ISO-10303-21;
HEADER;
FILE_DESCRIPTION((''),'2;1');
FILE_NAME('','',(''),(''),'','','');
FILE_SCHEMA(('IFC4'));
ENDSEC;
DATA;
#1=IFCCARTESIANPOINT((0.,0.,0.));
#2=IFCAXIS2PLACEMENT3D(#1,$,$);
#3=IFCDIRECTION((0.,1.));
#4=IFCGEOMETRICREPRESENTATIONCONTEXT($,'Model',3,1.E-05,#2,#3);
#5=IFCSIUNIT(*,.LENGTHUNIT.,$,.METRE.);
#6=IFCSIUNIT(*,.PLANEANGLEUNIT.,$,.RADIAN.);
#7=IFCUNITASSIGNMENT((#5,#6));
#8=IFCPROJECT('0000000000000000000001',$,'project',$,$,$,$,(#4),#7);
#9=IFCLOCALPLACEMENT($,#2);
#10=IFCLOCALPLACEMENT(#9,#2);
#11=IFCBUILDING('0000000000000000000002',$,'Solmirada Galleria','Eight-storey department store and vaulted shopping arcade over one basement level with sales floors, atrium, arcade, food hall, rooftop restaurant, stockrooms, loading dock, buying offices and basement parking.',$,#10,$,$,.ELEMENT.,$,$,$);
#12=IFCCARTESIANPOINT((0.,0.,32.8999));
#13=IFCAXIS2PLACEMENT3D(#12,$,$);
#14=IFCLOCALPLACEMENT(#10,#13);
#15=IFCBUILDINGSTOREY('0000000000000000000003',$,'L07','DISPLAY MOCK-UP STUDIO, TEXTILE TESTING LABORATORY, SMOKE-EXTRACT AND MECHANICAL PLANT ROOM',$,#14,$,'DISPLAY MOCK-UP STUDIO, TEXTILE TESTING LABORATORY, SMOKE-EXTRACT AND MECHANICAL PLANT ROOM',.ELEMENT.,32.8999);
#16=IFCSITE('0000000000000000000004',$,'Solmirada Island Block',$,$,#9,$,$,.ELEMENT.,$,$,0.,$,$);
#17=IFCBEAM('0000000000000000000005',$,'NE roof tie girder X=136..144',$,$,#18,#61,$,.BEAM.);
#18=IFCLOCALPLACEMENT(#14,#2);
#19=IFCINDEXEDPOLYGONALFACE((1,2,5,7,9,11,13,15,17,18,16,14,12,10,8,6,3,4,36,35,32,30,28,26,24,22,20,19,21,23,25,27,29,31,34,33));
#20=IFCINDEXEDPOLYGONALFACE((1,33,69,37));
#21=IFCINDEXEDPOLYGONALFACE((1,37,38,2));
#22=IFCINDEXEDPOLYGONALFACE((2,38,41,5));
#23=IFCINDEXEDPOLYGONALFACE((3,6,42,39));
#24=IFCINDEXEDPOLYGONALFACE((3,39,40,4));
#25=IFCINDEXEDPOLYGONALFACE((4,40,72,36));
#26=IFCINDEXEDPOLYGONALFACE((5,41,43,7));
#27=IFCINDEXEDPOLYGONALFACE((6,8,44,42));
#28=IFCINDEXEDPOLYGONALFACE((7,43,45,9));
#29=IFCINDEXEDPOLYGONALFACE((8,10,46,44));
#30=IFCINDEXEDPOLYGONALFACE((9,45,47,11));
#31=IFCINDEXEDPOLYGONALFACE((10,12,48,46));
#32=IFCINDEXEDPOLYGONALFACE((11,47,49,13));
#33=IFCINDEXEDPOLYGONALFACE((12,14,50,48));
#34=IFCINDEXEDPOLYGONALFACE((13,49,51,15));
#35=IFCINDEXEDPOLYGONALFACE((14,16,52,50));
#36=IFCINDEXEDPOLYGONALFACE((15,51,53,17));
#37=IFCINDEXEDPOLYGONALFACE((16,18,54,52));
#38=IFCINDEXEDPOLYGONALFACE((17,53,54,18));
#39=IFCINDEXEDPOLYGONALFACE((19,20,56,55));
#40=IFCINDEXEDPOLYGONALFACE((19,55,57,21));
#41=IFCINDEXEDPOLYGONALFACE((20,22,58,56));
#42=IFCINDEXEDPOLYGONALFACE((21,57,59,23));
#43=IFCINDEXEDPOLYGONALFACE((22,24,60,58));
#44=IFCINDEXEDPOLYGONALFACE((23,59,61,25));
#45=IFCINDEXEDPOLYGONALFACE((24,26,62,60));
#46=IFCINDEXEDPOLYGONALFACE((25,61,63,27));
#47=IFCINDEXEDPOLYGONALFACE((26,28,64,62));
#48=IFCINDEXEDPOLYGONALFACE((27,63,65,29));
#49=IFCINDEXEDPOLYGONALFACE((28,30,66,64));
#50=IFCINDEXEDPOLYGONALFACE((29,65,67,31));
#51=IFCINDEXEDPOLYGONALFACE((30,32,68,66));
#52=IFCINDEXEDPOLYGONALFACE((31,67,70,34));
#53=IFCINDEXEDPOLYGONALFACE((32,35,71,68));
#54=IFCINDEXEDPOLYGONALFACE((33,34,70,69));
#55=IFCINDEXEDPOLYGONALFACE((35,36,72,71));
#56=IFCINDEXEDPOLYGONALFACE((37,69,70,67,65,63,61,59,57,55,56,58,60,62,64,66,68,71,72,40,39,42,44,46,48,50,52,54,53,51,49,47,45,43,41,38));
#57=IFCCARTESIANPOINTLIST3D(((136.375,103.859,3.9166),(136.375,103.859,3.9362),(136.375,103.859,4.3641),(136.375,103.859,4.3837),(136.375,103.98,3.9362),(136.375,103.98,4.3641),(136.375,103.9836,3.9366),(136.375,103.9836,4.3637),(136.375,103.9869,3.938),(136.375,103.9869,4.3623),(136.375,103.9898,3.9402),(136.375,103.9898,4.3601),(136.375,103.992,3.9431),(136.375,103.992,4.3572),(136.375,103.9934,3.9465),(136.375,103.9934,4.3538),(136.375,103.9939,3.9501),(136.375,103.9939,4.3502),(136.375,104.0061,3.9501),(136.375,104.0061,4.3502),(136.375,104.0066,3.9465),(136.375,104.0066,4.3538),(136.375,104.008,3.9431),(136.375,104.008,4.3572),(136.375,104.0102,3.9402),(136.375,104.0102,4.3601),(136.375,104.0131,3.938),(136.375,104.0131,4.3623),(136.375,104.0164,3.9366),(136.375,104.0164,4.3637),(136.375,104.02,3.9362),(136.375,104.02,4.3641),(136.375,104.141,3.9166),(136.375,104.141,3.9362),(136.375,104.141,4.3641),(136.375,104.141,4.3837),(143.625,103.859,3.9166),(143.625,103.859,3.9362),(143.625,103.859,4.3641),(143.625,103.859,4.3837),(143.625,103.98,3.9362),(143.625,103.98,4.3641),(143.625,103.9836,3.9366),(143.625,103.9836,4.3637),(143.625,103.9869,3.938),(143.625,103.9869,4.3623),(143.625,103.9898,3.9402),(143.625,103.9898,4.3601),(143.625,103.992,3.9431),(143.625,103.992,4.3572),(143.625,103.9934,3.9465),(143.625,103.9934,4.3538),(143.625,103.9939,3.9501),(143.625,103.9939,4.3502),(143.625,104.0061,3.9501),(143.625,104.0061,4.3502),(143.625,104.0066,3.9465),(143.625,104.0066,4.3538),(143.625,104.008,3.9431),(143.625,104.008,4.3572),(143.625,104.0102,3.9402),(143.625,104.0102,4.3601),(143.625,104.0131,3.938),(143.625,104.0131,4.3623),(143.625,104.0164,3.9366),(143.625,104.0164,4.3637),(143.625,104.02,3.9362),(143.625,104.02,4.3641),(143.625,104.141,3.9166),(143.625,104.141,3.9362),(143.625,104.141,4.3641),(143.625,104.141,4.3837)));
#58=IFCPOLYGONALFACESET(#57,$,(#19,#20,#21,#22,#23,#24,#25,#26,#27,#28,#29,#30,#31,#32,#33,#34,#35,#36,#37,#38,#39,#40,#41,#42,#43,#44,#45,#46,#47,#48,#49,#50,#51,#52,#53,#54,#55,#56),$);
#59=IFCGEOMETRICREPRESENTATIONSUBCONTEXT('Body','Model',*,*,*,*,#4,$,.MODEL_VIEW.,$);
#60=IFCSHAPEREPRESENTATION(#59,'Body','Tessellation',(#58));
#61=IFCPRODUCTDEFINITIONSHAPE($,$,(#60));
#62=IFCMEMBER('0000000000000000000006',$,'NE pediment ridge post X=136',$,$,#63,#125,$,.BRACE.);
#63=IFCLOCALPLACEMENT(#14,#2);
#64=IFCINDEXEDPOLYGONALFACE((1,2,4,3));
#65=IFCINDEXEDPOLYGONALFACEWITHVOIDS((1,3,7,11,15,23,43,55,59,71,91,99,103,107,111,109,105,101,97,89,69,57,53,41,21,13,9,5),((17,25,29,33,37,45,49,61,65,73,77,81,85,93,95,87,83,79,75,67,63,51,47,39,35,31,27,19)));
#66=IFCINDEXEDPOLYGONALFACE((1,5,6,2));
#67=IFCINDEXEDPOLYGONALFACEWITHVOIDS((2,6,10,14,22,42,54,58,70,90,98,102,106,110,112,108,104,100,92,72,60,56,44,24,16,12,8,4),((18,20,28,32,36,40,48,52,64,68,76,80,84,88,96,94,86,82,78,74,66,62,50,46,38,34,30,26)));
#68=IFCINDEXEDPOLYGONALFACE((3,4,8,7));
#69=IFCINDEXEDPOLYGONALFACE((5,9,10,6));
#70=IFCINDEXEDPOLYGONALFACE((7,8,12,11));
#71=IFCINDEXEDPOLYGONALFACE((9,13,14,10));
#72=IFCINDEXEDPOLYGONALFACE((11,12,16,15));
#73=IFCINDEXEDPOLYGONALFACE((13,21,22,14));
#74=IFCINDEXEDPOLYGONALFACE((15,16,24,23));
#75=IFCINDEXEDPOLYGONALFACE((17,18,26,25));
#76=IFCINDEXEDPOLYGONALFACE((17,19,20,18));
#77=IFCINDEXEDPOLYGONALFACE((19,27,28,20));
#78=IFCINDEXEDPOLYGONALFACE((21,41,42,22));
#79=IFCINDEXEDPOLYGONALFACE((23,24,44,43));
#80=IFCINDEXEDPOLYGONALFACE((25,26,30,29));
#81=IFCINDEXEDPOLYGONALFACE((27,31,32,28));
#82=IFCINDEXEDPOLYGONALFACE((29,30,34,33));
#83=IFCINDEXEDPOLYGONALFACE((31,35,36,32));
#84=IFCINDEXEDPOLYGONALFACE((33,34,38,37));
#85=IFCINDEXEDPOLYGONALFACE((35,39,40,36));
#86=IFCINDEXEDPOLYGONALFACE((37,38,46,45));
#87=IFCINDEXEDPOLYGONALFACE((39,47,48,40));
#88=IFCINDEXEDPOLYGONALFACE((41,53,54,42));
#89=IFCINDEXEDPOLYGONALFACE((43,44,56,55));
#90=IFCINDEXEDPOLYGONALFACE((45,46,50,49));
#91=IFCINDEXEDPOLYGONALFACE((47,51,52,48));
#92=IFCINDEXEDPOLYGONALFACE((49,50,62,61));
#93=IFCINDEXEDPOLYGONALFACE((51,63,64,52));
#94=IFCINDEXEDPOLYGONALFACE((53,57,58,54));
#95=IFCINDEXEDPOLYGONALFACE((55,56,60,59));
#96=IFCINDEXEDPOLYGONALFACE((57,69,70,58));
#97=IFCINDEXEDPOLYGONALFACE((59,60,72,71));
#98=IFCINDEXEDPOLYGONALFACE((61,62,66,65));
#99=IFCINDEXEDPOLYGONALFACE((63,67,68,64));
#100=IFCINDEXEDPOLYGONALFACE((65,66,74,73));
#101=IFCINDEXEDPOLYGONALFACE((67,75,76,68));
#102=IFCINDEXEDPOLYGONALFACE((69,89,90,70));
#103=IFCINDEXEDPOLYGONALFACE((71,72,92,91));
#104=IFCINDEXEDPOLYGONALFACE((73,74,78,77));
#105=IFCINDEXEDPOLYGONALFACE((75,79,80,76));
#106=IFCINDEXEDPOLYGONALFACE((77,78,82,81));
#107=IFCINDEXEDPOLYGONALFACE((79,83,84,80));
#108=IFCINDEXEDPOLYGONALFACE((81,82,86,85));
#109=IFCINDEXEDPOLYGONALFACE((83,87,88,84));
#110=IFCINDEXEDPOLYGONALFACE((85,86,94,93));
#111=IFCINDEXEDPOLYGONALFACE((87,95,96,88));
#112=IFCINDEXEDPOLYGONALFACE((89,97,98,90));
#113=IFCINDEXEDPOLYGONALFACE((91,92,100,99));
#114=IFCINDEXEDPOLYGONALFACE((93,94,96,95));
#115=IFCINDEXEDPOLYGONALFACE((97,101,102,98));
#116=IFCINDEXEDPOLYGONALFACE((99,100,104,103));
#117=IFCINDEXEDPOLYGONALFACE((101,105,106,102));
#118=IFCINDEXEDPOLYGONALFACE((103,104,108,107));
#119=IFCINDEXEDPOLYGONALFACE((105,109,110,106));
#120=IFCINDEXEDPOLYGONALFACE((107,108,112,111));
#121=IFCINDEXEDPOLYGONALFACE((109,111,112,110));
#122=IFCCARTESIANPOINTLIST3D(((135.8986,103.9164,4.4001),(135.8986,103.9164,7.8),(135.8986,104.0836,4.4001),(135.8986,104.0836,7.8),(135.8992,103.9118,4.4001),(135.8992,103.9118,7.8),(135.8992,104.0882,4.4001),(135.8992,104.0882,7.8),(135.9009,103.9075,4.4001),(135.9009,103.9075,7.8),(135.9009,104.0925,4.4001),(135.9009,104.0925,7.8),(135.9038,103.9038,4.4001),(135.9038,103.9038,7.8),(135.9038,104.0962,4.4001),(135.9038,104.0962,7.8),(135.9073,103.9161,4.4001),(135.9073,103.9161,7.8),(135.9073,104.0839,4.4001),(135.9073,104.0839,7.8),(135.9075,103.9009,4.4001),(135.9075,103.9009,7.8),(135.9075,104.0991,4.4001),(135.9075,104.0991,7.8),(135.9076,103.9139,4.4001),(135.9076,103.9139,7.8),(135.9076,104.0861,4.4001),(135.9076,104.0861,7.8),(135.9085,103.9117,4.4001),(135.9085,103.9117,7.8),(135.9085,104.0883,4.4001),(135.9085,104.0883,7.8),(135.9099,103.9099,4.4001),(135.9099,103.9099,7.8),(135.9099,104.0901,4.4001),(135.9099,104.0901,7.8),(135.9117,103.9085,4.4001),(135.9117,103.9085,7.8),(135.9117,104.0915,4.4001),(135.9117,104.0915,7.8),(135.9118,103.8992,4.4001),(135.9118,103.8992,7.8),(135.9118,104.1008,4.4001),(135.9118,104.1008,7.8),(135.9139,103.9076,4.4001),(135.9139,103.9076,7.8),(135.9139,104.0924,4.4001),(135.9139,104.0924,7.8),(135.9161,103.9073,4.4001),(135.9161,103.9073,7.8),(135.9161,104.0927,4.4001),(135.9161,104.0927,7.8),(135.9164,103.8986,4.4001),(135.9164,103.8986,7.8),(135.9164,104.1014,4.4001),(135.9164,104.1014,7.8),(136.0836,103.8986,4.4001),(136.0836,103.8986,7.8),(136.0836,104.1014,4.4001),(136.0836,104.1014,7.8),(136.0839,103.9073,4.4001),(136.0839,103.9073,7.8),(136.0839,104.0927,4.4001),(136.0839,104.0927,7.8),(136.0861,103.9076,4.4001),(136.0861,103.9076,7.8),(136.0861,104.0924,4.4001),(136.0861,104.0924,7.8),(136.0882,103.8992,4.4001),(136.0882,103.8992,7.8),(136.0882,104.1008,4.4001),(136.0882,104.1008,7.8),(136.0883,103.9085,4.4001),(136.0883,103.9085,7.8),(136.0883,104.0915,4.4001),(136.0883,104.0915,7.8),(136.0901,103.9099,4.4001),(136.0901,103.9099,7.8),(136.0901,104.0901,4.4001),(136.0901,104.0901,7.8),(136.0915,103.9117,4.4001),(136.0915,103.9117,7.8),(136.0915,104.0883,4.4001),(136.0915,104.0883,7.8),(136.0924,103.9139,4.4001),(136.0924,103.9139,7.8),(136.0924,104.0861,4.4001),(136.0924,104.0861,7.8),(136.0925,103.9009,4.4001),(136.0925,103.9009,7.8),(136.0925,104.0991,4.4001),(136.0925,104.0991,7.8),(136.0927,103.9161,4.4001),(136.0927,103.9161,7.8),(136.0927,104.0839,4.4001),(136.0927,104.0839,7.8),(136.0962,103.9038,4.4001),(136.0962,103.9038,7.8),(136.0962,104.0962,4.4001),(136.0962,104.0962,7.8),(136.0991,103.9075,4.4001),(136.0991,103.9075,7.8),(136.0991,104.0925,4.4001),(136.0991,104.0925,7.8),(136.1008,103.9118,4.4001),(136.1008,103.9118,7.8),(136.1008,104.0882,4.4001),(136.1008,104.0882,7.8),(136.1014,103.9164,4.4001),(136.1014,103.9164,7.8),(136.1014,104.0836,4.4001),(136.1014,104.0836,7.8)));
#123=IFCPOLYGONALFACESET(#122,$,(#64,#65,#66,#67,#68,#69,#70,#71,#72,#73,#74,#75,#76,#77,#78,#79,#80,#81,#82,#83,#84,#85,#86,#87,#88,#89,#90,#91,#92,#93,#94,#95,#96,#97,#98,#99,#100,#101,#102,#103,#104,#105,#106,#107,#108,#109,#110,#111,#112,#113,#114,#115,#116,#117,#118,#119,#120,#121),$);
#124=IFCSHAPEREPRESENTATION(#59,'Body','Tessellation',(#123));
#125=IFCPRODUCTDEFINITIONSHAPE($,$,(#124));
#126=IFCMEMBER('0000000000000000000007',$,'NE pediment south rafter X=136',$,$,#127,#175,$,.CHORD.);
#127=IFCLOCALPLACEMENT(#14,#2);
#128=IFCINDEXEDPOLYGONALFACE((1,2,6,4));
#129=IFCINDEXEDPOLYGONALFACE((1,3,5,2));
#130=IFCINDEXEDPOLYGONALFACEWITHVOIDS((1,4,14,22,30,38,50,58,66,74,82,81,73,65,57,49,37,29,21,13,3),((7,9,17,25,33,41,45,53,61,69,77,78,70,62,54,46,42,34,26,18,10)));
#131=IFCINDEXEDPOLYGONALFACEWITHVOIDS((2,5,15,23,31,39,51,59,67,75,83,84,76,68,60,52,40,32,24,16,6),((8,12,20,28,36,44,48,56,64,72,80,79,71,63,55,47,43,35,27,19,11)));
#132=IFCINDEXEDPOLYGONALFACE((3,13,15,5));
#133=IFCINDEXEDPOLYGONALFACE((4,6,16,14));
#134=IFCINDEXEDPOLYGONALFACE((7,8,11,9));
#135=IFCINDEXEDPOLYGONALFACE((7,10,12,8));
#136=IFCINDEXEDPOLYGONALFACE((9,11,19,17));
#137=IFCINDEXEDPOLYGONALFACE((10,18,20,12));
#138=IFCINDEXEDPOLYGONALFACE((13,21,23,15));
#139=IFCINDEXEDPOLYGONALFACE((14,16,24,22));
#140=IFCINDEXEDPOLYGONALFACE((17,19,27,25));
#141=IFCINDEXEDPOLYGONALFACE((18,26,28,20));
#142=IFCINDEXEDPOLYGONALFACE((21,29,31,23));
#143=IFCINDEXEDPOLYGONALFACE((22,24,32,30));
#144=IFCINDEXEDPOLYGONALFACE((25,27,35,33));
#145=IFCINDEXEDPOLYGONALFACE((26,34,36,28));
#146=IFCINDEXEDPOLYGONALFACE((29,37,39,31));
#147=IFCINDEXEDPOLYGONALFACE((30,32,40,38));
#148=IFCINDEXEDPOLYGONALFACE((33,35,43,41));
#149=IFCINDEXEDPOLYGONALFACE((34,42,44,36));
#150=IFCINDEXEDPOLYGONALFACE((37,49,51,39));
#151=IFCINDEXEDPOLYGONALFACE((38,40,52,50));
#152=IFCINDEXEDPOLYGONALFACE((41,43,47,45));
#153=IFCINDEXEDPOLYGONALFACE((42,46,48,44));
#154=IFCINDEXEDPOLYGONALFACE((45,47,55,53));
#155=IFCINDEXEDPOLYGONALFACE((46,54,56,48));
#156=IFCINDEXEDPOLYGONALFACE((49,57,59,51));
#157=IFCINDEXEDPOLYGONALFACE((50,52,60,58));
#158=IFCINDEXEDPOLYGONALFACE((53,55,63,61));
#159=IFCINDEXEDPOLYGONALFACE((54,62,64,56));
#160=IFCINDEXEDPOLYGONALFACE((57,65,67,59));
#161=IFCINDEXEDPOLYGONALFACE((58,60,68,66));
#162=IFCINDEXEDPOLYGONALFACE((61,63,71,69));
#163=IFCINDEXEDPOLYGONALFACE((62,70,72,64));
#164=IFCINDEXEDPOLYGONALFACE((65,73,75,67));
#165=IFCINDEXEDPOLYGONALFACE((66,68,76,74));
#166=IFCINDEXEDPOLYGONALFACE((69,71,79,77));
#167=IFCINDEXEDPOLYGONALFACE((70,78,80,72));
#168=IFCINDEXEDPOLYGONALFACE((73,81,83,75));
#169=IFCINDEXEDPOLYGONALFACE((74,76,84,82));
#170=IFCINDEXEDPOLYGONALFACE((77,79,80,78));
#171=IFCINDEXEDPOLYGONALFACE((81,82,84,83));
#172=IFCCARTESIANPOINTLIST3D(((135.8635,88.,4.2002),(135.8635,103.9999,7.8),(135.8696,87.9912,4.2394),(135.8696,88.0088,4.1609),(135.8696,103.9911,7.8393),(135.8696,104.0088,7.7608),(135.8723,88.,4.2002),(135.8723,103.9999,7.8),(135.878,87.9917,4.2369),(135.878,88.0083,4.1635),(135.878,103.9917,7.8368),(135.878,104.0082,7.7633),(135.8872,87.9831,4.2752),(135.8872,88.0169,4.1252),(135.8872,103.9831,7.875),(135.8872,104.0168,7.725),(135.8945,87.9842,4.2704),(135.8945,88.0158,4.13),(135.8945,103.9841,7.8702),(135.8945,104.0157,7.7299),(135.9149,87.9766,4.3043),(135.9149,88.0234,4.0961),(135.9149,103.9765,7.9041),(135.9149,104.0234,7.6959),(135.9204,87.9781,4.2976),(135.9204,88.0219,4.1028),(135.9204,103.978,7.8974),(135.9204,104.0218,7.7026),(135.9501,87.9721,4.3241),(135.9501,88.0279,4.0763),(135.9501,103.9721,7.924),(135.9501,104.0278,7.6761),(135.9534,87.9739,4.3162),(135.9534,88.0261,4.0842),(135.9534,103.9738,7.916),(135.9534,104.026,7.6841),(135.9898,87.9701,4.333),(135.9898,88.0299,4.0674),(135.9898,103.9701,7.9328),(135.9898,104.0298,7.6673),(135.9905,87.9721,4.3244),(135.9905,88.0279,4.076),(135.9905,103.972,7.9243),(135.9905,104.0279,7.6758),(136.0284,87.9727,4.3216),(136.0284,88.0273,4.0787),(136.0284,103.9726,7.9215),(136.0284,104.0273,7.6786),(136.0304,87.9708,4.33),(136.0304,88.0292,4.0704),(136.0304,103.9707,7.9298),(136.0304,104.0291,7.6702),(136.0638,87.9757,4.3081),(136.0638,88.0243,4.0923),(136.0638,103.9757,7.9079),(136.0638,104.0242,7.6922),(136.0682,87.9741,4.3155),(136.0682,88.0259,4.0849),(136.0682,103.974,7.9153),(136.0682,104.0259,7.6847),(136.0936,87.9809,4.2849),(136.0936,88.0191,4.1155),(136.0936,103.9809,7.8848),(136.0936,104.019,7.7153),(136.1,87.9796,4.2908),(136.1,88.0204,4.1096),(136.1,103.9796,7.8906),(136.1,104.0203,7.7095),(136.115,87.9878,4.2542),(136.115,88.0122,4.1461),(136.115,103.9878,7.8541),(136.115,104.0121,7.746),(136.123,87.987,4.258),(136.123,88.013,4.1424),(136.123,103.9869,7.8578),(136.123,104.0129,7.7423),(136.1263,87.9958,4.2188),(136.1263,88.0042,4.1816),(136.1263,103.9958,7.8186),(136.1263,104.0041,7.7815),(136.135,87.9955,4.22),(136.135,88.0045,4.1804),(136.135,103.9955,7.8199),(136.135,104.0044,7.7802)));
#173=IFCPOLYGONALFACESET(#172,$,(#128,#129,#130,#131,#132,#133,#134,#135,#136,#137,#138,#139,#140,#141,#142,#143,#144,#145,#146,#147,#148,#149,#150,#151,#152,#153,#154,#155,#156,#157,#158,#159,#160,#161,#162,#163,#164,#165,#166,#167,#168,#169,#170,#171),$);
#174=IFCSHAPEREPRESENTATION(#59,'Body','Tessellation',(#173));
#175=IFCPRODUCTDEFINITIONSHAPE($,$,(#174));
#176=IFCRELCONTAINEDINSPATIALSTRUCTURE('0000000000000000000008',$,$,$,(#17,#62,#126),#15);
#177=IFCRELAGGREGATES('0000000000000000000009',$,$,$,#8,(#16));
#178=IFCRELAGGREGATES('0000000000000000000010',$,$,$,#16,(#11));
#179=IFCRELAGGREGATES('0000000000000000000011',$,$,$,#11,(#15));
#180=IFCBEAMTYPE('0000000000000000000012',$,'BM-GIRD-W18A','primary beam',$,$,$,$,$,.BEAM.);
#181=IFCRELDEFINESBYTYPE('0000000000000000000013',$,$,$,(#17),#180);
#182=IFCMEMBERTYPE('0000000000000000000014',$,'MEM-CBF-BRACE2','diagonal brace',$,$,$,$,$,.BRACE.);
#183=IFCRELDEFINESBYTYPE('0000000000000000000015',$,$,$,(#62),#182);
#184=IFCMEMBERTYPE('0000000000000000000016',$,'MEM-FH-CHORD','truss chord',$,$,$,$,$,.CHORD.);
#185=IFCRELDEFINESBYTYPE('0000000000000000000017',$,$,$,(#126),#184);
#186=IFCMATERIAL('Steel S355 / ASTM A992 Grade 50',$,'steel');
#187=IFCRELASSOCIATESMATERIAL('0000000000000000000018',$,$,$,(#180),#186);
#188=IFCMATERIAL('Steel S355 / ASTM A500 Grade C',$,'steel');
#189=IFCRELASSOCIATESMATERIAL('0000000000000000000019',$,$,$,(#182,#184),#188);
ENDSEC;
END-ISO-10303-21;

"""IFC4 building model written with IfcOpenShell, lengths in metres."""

from ifc_helpers import new_model, si_unit, direction, frame, origin, origin_2d, place, context, subcontext, project, spatial, hollow_rectangle, hollow_circle, i_section, extrude, material, material_profile, profile_set, type_object, element, save


model = new_model("IFC4")

# Units and contexts
model_context = context("Model", 3, precision=1e-05, world=origin(), true_north=direction((0.0, 1.0)))
body_context = subcontext(model_context, "Body", "Model", "MODEL_VIEW")
ifc_project = project(units=[si_unit("LENGTHUNIT", "METRE"), si_unit("PLANEANGLEUNIT", "RADIAN")], contexts=[model_context])

# Site, building, storey
site_placement = place(None, origin())
site = spatial("IfcSite", under=ifc_project, at=site_placement, Name="Solmirada Island Block", CompositionType="ELEMENT", RefElevation=0.0)
building_placement = place(site_placement, origin())
building = spatial("IfcBuilding", under=site, at=building_placement, Name="Solmirada Galleria", Description="Eight-storey department store and vaulted shopping arcade over one basement level with sales floors, atrium, arcade, food hall, rooftop restaurant, stockrooms, loading dock, buying offices and basement parking.", CompositionType="ELEMENT")
storey_placement = place(building_placement, frame((0.0, 0.0, 32.8999)))
storey = spatial("IfcBuildingStorey", under=building, at=storey_placement, Name="L07", Description="DISPLAY MOCK-UP STUDIO, TEXTILE TESTING LABORATORY, SMOKE-EXTRACT AND MECHANICAL PLANT ROOM", LongName="DISPLAY MOCK-UP STUDIO, TEXTILE TESTING LABORATORY, SMOKE-EXTRACT AND MECHANICAL PLANT ROOM", CompositionType="ELEMENT", Elevation=32.8999)

# Shared definitions
ifc_material_1 = material(Name="Steel S355 / ASTM A500 Grade C", Category="steel")

# Beam
ifc_material_2 = material(Name="Steel S355 / ASTM A992 Grade 50", Category="steel")
ifc_material_profile_1 = material_profile(ifc_material_2, i_section(OverallWidth=0.282, OverallDepth=0.467, WebThickness=0.0122, FlangeThickness=0.0195, FilletRadius=0.0139, at=origin_2d()), Name="W18X86")
ifc_profile_set_1 = profile_set([ifc_material_profile_1], Name="Steel S355 / ASTM A992 Grade 50")
beam_type = type_object("IfcBeamType", Name="BM-GIRD-W18A", Description="primary beam", PredefinedType="BEAM", material=ifc_profile_set_1)
for number, where, z_axis, x_axis, name in (
    (1, (136.375, 104.0, 4.1501), (1.0, 0.0, 0.0), (0.0, 1.0, 0.0), "NE roof tie girder X=136..144"),
):
    element("IfcBeam", number, at=place(storey_placement, frame(where, z_axis=z_axis, x_axis=x_axis)), inside=storey, type_object=beam_type, Name=name, PredefinedType="BEAM", context=body_context, shape_type="SweptSolid", body=[
        extrude(i_section(OverallWidth=0.282, OverallDepth=0.467, WebThickness=0.0122, FlangeThickness=0.0195, FilletRadius=0.0139, at=origin_2d()), origin(), (0.0, 0.0, 1.0), 7.25),
    ])

# Members
ifc_material_profile_2 = material_profile(ifc_material_1, hollow_rectangle(XDim=0.2029, YDim=0.2029, WallThickness=0.0088, InnerFilletRadius=0.0088, OuterFilletRadius=0.0178, at=origin_2d()), Name="HSS8X8X3/8")
ifc_profile_set_2 = profile_set([ifc_material_profile_2], Name="Steel S355 / ASTM A500 Grade C")
member_type_1 = type_object("IfcMemberType", Name="MEM-CBF-BRACE2", Description="diagonal brace", PredefinedType="BRACE", material=ifc_profile_set_2)
member_placement = place(storey_placement, frame((136.0, 104.0, 4.4001), z_axis=(0.0, 0.0, 1.0), x_axis=(1.0, 0.0, 0.0)))
element("IfcMember", 2, at=member_placement, inside=storey, type_object=member_type_1, Name="NE pediment ridge post X=136", PredefinedType="BRACE", context=body_context, shape_type="SweptSolid", body=[
    extrude(hollow_rectangle(XDim=0.2029, YDim=0.2029, WallThickness=0.0088, InnerFilletRadius=0.0088, OuterFilletRadius=0.0178, at=origin_2d()), origin(), (0.0, 0.0, 1.0), 3.3999),
])
ifc_material_profile_3 = material_profile(ifc_material_1, hollow_circle(Radius=0.1365, WallThickness=0.0088, at=origin_2d()), Name="HSS10.750X0.375")
ifc_profile_set_3 = profile_set([ifc_material_profile_3], Name="Steel S355 / ASTM A500 Grade C")
member_type_2 = type_object("IfcMemberType", Name="MEM-FH-CHORD", Description="truss chord", PredefinedType="CHORD", material=ifc_profile_set_3)
for number, where, z_axis, x_axis, name in (
    (3, (136.0, 88.0, 4.2002), (0.0, 0.975612, 0.219504), (-1.0, 0.0, 0.0), "NE pediment south rafter X=136"),
):
    element("IfcMember", number, at=place(storey_placement, frame(where, z_axis=z_axis, x_axis=x_axis)), inside=storey, type_object=member_type_2, Name=name, PredefinedType="CHORD", context=body_context, shape_type="SweptSolid", body=[
        extrude(hollow_circle(Radius=0.1365, WallThickness=0.0088, at=origin_2d()), origin(), (0.0, 0.0, 1.0), 16.3999),
    ])

save(model, "model.ifc")
